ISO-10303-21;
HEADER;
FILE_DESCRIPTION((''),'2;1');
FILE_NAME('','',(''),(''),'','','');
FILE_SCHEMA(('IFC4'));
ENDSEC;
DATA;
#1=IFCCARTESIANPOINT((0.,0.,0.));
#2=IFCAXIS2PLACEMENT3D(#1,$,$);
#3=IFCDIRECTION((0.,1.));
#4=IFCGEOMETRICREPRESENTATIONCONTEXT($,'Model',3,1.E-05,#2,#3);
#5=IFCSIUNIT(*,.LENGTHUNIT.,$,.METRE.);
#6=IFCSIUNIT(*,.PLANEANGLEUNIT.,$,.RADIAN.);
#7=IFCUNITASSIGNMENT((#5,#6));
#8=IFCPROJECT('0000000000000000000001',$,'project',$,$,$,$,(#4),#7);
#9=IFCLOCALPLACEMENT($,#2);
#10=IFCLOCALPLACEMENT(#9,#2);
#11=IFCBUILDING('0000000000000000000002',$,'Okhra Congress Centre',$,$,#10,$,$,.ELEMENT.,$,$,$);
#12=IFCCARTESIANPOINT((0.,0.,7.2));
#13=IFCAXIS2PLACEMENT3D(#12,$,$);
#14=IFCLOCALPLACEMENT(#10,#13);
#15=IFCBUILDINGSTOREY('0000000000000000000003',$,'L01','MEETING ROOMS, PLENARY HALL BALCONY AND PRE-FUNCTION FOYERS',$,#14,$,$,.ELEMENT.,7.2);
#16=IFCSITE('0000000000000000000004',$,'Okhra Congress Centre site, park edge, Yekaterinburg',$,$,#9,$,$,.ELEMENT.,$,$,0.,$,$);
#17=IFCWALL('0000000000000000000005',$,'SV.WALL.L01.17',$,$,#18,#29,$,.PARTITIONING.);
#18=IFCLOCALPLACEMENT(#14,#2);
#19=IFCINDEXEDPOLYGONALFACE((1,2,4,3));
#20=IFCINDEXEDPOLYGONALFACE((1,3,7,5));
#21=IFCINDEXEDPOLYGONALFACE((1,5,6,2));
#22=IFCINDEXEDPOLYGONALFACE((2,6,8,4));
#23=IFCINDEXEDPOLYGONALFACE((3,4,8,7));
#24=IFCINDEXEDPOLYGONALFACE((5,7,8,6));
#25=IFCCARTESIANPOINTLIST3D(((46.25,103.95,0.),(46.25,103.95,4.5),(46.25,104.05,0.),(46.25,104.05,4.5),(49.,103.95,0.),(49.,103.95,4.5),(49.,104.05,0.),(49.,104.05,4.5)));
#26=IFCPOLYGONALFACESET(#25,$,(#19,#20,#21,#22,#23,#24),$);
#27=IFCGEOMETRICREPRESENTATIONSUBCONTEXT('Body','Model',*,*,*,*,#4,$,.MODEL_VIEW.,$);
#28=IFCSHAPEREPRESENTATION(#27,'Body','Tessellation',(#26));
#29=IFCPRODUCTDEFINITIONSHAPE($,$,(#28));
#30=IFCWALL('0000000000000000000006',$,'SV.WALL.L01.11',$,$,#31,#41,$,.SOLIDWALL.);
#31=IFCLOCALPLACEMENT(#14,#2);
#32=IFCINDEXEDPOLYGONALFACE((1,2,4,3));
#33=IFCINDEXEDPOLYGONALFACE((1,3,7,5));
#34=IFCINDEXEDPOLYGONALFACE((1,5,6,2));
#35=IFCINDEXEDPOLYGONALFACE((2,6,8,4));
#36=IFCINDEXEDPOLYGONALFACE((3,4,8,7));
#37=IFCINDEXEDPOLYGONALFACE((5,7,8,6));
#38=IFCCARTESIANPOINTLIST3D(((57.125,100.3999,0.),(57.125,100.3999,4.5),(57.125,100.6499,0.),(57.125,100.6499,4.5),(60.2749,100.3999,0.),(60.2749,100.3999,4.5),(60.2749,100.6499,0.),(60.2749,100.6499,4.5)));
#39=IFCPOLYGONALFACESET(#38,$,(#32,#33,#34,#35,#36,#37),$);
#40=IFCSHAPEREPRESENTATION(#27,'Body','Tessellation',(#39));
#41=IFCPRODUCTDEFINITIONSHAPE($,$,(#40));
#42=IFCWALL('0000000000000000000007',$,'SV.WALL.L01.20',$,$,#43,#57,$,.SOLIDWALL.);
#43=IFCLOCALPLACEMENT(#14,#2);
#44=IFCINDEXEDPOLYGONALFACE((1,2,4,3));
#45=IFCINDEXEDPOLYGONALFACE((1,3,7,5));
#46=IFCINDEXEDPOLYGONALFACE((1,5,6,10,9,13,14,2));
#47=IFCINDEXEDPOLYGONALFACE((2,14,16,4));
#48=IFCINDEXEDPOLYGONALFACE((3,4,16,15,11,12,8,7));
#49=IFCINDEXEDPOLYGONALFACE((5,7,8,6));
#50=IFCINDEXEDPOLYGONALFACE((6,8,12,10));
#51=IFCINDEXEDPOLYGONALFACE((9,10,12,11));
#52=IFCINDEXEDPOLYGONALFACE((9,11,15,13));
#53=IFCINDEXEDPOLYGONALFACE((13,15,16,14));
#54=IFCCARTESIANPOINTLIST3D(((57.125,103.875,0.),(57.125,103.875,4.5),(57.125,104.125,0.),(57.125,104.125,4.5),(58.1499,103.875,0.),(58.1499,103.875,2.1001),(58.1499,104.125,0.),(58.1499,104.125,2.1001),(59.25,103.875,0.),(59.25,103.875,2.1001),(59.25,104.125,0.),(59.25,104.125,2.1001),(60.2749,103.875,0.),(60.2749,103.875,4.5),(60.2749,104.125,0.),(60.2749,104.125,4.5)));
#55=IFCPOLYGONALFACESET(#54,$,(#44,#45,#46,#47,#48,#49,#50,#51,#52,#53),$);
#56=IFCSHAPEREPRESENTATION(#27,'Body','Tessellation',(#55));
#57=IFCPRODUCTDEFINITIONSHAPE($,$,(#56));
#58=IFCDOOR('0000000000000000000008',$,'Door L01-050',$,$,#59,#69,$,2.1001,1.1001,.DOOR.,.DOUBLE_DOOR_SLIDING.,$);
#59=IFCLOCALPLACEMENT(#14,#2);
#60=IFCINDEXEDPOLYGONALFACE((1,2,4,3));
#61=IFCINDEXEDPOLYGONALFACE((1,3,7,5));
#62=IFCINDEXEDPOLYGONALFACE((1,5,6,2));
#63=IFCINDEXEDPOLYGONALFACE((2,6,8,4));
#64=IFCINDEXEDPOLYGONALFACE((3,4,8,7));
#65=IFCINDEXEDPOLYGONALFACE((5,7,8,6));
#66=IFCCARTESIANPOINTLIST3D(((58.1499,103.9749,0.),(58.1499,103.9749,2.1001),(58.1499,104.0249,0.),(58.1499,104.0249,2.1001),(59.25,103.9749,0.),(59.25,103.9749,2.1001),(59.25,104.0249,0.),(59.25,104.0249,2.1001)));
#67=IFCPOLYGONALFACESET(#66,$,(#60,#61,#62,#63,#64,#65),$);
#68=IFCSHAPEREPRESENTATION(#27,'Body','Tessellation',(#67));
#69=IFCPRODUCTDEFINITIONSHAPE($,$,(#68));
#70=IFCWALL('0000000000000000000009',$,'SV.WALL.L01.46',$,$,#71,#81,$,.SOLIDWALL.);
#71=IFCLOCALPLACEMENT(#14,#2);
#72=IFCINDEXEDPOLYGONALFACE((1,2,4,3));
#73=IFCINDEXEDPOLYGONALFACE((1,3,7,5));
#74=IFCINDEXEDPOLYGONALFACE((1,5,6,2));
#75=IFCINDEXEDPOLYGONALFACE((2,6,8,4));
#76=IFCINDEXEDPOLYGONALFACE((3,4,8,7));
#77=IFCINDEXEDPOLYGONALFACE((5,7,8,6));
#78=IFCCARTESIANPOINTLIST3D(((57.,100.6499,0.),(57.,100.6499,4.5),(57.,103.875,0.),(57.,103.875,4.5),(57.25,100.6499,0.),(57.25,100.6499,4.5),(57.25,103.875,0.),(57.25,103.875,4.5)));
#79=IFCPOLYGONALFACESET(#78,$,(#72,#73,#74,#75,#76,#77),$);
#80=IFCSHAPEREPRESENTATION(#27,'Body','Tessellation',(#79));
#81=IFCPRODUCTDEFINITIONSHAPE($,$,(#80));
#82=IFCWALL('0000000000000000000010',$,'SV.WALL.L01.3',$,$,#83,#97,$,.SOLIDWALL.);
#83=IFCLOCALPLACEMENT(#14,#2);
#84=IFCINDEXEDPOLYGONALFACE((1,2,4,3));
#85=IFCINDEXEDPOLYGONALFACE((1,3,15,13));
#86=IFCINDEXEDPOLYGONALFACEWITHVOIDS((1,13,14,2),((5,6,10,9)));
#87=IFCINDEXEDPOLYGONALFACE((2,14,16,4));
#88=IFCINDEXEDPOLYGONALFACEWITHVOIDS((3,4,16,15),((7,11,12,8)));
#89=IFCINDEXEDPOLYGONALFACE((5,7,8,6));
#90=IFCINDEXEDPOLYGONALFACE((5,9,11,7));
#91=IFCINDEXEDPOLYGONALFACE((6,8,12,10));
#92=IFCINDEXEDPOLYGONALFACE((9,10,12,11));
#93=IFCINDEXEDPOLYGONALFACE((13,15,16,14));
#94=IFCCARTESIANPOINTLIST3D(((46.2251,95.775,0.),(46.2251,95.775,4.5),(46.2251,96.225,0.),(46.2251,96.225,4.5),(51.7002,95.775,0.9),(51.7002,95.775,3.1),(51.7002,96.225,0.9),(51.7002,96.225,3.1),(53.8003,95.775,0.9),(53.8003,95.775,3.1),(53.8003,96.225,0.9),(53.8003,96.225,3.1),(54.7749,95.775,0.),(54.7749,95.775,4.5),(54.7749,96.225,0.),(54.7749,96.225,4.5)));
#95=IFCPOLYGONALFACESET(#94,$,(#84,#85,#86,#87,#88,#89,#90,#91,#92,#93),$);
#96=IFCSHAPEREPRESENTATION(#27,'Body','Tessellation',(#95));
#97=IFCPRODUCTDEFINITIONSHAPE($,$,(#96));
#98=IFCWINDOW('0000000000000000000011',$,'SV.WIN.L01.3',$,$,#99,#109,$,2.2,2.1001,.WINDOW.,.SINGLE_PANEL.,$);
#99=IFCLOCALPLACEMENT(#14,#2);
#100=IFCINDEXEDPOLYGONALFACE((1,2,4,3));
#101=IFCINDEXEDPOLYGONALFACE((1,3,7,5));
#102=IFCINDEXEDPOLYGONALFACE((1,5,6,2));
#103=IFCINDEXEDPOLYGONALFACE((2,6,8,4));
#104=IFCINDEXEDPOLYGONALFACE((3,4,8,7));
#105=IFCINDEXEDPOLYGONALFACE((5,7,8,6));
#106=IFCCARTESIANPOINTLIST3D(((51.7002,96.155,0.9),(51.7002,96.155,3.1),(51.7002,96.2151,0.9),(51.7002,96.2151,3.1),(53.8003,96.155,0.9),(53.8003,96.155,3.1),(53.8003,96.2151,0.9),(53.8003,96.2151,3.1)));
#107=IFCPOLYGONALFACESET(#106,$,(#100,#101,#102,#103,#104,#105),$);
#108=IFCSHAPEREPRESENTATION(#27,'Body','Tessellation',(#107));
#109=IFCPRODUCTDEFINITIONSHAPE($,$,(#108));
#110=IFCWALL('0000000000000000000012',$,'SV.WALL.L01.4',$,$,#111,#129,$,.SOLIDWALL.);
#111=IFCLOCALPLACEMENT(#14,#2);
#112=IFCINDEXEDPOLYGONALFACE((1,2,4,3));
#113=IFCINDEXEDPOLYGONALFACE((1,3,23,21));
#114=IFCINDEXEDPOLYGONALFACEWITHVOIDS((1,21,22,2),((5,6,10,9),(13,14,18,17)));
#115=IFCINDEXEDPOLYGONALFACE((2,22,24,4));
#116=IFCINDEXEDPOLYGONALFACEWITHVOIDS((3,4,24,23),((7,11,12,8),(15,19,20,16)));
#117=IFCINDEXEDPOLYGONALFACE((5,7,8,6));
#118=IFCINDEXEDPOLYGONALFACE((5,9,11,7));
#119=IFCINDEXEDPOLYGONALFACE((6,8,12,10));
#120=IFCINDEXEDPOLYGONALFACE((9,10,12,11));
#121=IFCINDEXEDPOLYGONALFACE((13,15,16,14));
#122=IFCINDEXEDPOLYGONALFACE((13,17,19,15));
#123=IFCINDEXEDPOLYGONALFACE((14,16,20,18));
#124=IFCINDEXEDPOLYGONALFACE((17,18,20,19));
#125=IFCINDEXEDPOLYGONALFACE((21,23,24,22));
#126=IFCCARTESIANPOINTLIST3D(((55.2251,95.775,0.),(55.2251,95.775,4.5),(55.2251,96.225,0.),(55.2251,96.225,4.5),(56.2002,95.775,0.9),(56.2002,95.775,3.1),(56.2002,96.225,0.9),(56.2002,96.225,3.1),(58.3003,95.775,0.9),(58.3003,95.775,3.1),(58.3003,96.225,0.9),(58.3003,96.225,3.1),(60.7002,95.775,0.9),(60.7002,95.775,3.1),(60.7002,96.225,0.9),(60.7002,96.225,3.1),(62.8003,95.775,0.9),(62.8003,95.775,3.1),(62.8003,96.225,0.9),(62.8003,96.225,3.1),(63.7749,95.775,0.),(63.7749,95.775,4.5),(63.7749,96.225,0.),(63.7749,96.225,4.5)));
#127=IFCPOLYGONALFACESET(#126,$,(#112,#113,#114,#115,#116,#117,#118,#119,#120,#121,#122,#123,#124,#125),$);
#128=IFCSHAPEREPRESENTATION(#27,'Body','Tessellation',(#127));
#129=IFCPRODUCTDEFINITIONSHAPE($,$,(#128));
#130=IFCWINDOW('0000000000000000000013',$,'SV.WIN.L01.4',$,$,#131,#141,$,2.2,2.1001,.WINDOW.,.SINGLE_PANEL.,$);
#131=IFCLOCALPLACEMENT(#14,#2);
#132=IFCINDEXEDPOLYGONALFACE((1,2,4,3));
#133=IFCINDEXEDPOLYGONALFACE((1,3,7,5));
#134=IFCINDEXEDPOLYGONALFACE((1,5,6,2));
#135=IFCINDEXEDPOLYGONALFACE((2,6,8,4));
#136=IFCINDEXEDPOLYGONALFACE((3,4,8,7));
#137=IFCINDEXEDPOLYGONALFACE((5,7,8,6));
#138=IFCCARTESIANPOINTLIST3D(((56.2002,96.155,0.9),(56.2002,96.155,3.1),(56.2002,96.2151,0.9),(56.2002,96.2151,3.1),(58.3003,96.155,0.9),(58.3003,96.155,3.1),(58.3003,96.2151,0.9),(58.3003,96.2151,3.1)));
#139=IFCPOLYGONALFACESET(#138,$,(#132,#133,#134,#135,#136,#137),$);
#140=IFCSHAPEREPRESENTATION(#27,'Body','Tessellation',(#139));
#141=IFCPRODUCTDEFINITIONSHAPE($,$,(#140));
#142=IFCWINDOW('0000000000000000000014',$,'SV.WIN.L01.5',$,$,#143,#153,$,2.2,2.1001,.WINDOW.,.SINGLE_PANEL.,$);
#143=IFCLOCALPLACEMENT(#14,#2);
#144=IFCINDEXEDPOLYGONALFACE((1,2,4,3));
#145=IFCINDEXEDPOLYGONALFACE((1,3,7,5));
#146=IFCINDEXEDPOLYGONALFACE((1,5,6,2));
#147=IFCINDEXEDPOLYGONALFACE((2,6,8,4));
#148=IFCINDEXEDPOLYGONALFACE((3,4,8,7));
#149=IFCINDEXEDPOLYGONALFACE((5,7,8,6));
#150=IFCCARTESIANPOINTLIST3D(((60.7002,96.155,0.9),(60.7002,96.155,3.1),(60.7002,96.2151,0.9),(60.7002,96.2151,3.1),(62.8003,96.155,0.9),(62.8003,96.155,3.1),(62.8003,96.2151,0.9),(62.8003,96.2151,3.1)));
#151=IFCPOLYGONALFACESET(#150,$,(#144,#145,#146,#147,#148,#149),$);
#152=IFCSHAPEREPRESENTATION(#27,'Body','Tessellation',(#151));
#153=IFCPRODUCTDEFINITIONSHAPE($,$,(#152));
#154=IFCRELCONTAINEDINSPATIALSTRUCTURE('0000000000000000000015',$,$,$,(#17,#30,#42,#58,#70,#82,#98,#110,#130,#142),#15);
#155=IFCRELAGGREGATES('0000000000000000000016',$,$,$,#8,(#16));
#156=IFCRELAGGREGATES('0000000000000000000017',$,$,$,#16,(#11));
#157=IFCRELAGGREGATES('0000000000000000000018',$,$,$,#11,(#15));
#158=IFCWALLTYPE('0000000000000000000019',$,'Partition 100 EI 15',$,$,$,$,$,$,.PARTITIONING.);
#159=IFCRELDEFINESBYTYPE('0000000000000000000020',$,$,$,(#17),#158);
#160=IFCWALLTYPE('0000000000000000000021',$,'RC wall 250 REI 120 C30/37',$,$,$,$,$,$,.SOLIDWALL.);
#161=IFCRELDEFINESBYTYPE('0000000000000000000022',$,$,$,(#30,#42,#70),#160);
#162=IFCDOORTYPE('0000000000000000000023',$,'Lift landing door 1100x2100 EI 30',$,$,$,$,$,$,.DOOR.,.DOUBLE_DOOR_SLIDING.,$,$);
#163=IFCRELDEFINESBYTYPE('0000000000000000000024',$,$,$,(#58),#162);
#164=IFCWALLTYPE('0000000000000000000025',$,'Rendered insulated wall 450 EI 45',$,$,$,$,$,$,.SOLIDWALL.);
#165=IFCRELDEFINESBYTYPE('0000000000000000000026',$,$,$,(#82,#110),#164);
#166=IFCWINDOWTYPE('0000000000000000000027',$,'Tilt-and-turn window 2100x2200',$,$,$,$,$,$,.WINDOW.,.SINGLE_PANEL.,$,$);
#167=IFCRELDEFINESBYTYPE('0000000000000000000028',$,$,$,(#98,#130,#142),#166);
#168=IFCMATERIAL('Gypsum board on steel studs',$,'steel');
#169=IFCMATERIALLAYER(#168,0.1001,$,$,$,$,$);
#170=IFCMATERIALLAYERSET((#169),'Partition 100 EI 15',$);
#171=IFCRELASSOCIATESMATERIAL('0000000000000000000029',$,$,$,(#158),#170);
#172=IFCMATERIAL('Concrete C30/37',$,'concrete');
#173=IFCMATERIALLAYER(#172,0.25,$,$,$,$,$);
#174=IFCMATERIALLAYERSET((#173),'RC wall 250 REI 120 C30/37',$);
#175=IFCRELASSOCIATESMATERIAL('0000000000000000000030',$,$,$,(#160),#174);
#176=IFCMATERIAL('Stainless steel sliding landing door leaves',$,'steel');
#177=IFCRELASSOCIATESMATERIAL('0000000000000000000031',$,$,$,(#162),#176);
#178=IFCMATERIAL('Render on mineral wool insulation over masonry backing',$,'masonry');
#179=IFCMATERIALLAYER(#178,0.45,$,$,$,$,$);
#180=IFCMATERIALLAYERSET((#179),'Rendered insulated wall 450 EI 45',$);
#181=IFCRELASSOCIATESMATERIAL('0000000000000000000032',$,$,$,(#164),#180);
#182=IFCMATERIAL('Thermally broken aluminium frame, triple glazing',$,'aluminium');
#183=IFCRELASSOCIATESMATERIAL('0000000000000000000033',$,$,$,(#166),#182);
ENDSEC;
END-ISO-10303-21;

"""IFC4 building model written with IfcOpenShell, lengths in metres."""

from ifc_helpers import new_model, si_unit, direction, frame, frame_2d, origin, place, context, subcontext, project, spatial, rectangle, extrude, material, layer, layer_set, type_object, element, fill, save


model = new_model("IFC4")

# Units and contexts
model_context = context("Model", 3, precision=1e-05, world=origin(), true_north=direction((0.0, 1.0)))
body_context = subcontext(model_context, "Body", "Model", "MODEL_VIEW")
ifc_project = project(units=[si_unit("LENGTHUNIT", "METRE"), si_unit("PLANEANGLEUNIT", "RADIAN")], contexts=[model_context])

# Site, building, storey
site_placement = place(None, origin())
site = spatial("IfcSite", under=ifc_project, at=site_placement, Name="Okhra Congress Centre site, park edge, Yekaterinburg", CompositionType="ELEMENT", RefElevation=0.0)
building_placement = place(site_placement, origin())
building = spatial("IfcBuilding", under=site, at=building_placement, Name="Okhra Congress Centre", CompositionType="ELEMENT")
storey_placement = place(building_placement, frame((0.0, 0.0, 7.2)))
storey = spatial("IfcBuildingStorey", under=building, at=storey_placement, Name="L01", Description="MEETING ROOMS, PLENARY HALL BALCONY AND PRE-FUNCTION FOYERS", CompositionType="ELEMENT", Elevation=7.2)

# Walls
ifc_material_1 = material(Name="Gypsum board on steel studs", Category="steel")
ifc_layer_1 = layer(ifc_material_1, 0.1001)
ifc_layer_set_1 = layer_set([ifc_layer_1], Name="Partition 100 EI 15")
wall_type_1 = type_object("IfcWallType", Name="Partition 100 EI 15", PredefinedType="PARTITIONING", material=ifc_layer_set_1)
wall_1_placement = place(storey_placement, frame((46.25, 104.0, 0.0), z_axis=(0.0, 0.0, 1.0), x_axis=(1.0, 0.0, 0.0)))
element("IfcWall", 1, at=wall_1_placement, inside=storey, type_object=wall_type_1, Name="SV.WALL.L01.17", PredefinedType="PARTITIONING", context=body_context, shape_type="SweptSolid", body=[
    extrude(rectangle(XDim=2.75, YDim=0.1001, at=frame_2d((1.375, 0.0))), origin(), (0.0, 0.0, 1.0), 4.5),
])
ifc_material_2 = material(Name="Concrete C30/37", Category="concrete")
ifc_layer_2 = layer(ifc_material_2, 0.25)
ifc_layer_set_2 = layer_set([ifc_layer_2], Name="RC wall 250 REI 120 C30/37")
wall_type_2 = type_object("IfcWallType", Name="RC wall 250 REI 120 C30/37", PredefinedType="SOLIDWALL", material=ifc_layer_set_2)
wall_2_placement = place(storey_placement, frame((57.125, 100.5249, 0.0), z_axis=(0.0, 0.0, 1.0), x_axis=(1.0, 0.0, 0.0)))
element("IfcWall", 2, at=wall_2_placement, inside=storey, type_object=wall_type_2, Name="SV.WALL.L01.11", PredefinedType="SOLIDWALL", context=body_context, shape_type="SweptSolid", body=[
    extrude(rectangle(XDim=3.1499, YDim=0.25, at=frame_2d((1.575, 0.0))), origin(), (0.0, 0.0, 1.0), 4.5),
])

# Wall, opening, door
wall_3_placement = place(storey_placement, frame((57.125, 104.0, 0.0), z_axis=(0.0, 0.0, 1.0), x_axis=(1.0, 0.0, 0.0)))
wall_3 = element("IfcWall", 3, at=wall_3_placement, inside=storey, type_object=wall_type_2, Name="SV.WALL.L01.20", PredefinedType="SOLIDWALL", context=body_context, shape_type="SweptSolid", body=[
    extrude(rectangle(XDim=3.1499, YDim=0.25, at=frame_2d((1.575, 0.0))), origin(), (0.0, 0.0, 1.0), 4.5),
])
opening_1_placement = place(wall_3_placement, frame((1.0249, 0.0, 0.0)))
opening_1 = element("IfcOpeningElement", 4, at=opening_1_placement, cuts=wall_3, PredefinedType="OPENING", context=body_context, shape_type="SweptSolid", body=[
    extrude(rectangle(XDim=1.1001, YDim=2.1001, at=frame_2d((0.55, 1.05))), frame((0.0, 0.135, 0.0), z_axis=(0.0, -1.0, 0.0), x_axis=(1.0, 0.0, 0.0)), (0.0, 0.0, 1.0), 0.27),
])
ifc_material_3 = material(Name="Stainless steel sliding landing door leaves", Category="steel")
door_type_1 = type_object("IfcDoorType", Name="Lift landing door 1100x2100 EI 30", OperationType="DOUBLE_DOOR_SLIDING", PredefinedType="DOOR", material=ifc_material_3)
door_1_placement = place(opening_1_placement, origin())
door_1 = element("IfcDoor", 5, at=door_1_placement, inside=storey, type_object=door_type_1, Name="Door L01-050", OperationType="DOUBLE_DOOR_SLIDING", OverallHeight=2.1001, OverallWidth=1.1001, PredefinedType="DOOR", context=body_context, shape_type="SweptSolid", body=[
    extrude(rectangle(XDim=1.1001, YDim=2.1001, at=frame_2d((0.55, 1.05))), frame((0.0, 0.0249, 0.0), z_axis=(0.0, -1.0, 0.0), x_axis=(1.0, 0.0, 0.0)), (0.0, 0.0, 1.0), 0.05),
])
fill(opening_1, door_1)

# Wall
wall_4_placement = place(storey_placement, frame((57.125, 100.6499, 0.0), z_axis=(0.0, 0.0, 1.0), x_axis=(0.0, 1.0, 0.0)))
element("IfcWall", 6, at=wall_4_placement, inside=storey, type_object=wall_type_2, Name="SV.WALL.L01.46", PredefinedType="SOLIDWALL", context=body_context, shape_type="SweptSolid", body=[
    extrude(rectangle(XDim=3.2251, YDim=0.25, at=frame_2d((1.6125, 0.0))), origin(), (0.0, 0.0, 1.0), 4.5),
])

# Wall, opening, window
ifc_material_4 = material(Name="Render on mineral wool insulation over masonry backing", Category="masonry")
ifc_layer_3 = layer(ifc_material_4, 0.45)
ifc_layer_set_3 = layer_set([ifc_layer_3], Name="Rendered insulated wall 450 EI 45")
wall_type_3 = type_object("IfcWallType", Name="Rendered insulated wall 450 EI 45", PredefinedType="SOLIDWALL", material=ifc_layer_set_3)
wall_5_placement = place(storey_placement, frame((46.2251, 96.0, 0.0), z_axis=(0.0, 0.0, 1.0), x_axis=(1.0, 0.0, 0.0)))
wall_5 = element("IfcWall", 7, at=wall_5_placement, inside=storey, type_object=wall_type_3, Name="SV.WALL.L01.3", PredefinedType="SOLIDWALL", context=body_context, shape_type="SweptSolid", body=[
    extrude(rectangle(XDim=8.5498, YDim=0.45, at=frame_2d((4.2749, 0.0))), origin(), (0.0, 0.0, 1.0), 4.5),
])
opening_2_placement = place(wall_5_placement, frame((5.4751, 0.0, 0.8999)))
opening_2 = element("IfcOpeningElement", 8, at=opening_2_placement, cuts=wall_5, PredefinedType="OPENING", context=body_context, shape_type="SweptSolid", body=[
    extrude(rectangle(XDim=2.1001, YDim=2.2, at=frame_2d((1.05, 1.1001))), frame((0.0, 0.2349, 0.0), z_axis=(0.0, -1.0, 0.0), x_axis=(1.0, 0.0, 0.0)), (0.0, 0.0, 1.0), 0.47),
])
ifc_material_5 = material(Name="Thermally broken aluminium frame, triple glazing", Category="aluminium")
window_type = type_object("IfcWindowType", Name="Tilt-and-turn window 2100x2200", PartitioningType="SINGLE_PANEL", PredefinedType="WINDOW", material=ifc_material_5)
window_1_placement = place(opening_2_placement, origin())
window_1 = element("IfcWindow", 9, at=window_1_placement, inside=storey, type_object=window_type, Name="SV.WIN.L01.3", OverallHeight=2.2, OverallWidth=2.1001, PartitioningType="SINGLE_PANEL", PredefinedType="WINDOW", context=body_context, shape_type="SweptSolid", body=[
    extrude(rectangle(XDim=2.1001, YDim=2.2, at=frame_2d((1.05, 1.1001))), frame((0.0, 0.2151, 0.0), z_axis=(0.0, -1.0, 0.0), x_axis=(1.0, 0.0, 0.0)), (0.0, 0.0, 1.0), 0.0601),
])
fill(opening_2, window_1)

# Wall, openings, windows
wall_6_placement = place(storey_placement, frame((55.2251, 96.0, 0.0), z_axis=(0.0, 0.0, 1.0), x_axis=(1.0, 0.0, 0.0)))
wall_6 = element("IfcWall", 10, at=wall_6_placement, inside=storey, type_object=wall_type_3, Name="SV.WALL.L01.4", PredefinedType="SOLIDWALL", context=body_context, shape_type="SweptSolid", body=[
    extrude(rectangle(XDim=8.5498, YDim=0.45, at=frame_2d((4.2749, 0.0))), origin(), (0.0, 0.0, 1.0), 4.5),
])
opening_3_placement = place(wall_6_placement, frame((0.9751, 0.0, 0.8999)))
opening_3 = element("IfcOpeningElement", 11, at=opening_3_placement, cuts=wall_6, PredefinedType="OPENING", context=body_context, shape_type="SweptSolid", body=[
    extrude(rectangle(XDim=2.1001, YDim=2.2, at=frame_2d((1.05, 1.1001))), frame((0.0, 0.2349, 0.0), z_axis=(0.0, -1.0, 0.0), x_axis=(1.0, 0.0, 0.0)), (0.0, 0.0, 1.0), 0.47),
])
opening_4_placement = place(wall_6_placement, frame((5.4751, 0.0, 0.8999)))
opening_4 = element("IfcOpeningElement", 12, at=opening_4_placement, cuts=wall_6, PredefinedType="OPENING", context=body_context, shape_type="SweptSolid", body=[
    extrude(rectangle(XDim=2.1001, YDim=2.2, at=frame_2d((1.05, 1.1001))), frame((0.0, 0.2349, 0.0), z_axis=(0.0, -1.0, 0.0), x_axis=(1.0, 0.0, 0.0)), (0.0, 0.0, 1.0), 0.47),
])
window_2_placement = place(opening_3_placement, origin())
window_2 = element("IfcWindow", 13, at=window_2_placement, inside=storey, type_object=window_type, Name="SV.WIN.L01.4", OverallHeight=2.2, OverallWidth=2.1001, PartitioningType="SINGLE_PANEL", PredefinedType="WINDOW", context=body_context, shape_type="SweptSolid", body=[
    extrude(rectangle(XDim=2.1001, YDim=2.2, at=frame_2d((1.05, 1.1001))), frame((0.0, 0.2151, 0.0), z_axis=(0.0, -1.0, 0.0), x_axis=(1.0, 0.0, 0.0)), (0.0, 0.0, 1.0), 0.0601),
])
fill(opening_3, window_2)
window_3_placement = place(opening_4_placement, origin())
window_3 = element("IfcWindow", 14, at=window_3_placement, inside=storey, type_object=window_type, Name="SV.WIN.L01.5", OverallHeight=2.2, OverallWidth=2.1001, PartitioningType="SINGLE_PANEL", PredefinedType="WINDOW", context=body_context, shape_type="SweptSolid", body=[
    extrude(rectangle(XDim=2.1001, YDim=2.2, at=frame_2d((1.05, 1.1001))), frame((0.0, 0.2151, 0.0), z_axis=(0.0, -1.0, 0.0), x_axis=(1.0, 0.0, 0.0)), (0.0, 0.0, 1.0), 0.0601),
])
fill(opening_4, window_3)

save(model, "model.ifc")
